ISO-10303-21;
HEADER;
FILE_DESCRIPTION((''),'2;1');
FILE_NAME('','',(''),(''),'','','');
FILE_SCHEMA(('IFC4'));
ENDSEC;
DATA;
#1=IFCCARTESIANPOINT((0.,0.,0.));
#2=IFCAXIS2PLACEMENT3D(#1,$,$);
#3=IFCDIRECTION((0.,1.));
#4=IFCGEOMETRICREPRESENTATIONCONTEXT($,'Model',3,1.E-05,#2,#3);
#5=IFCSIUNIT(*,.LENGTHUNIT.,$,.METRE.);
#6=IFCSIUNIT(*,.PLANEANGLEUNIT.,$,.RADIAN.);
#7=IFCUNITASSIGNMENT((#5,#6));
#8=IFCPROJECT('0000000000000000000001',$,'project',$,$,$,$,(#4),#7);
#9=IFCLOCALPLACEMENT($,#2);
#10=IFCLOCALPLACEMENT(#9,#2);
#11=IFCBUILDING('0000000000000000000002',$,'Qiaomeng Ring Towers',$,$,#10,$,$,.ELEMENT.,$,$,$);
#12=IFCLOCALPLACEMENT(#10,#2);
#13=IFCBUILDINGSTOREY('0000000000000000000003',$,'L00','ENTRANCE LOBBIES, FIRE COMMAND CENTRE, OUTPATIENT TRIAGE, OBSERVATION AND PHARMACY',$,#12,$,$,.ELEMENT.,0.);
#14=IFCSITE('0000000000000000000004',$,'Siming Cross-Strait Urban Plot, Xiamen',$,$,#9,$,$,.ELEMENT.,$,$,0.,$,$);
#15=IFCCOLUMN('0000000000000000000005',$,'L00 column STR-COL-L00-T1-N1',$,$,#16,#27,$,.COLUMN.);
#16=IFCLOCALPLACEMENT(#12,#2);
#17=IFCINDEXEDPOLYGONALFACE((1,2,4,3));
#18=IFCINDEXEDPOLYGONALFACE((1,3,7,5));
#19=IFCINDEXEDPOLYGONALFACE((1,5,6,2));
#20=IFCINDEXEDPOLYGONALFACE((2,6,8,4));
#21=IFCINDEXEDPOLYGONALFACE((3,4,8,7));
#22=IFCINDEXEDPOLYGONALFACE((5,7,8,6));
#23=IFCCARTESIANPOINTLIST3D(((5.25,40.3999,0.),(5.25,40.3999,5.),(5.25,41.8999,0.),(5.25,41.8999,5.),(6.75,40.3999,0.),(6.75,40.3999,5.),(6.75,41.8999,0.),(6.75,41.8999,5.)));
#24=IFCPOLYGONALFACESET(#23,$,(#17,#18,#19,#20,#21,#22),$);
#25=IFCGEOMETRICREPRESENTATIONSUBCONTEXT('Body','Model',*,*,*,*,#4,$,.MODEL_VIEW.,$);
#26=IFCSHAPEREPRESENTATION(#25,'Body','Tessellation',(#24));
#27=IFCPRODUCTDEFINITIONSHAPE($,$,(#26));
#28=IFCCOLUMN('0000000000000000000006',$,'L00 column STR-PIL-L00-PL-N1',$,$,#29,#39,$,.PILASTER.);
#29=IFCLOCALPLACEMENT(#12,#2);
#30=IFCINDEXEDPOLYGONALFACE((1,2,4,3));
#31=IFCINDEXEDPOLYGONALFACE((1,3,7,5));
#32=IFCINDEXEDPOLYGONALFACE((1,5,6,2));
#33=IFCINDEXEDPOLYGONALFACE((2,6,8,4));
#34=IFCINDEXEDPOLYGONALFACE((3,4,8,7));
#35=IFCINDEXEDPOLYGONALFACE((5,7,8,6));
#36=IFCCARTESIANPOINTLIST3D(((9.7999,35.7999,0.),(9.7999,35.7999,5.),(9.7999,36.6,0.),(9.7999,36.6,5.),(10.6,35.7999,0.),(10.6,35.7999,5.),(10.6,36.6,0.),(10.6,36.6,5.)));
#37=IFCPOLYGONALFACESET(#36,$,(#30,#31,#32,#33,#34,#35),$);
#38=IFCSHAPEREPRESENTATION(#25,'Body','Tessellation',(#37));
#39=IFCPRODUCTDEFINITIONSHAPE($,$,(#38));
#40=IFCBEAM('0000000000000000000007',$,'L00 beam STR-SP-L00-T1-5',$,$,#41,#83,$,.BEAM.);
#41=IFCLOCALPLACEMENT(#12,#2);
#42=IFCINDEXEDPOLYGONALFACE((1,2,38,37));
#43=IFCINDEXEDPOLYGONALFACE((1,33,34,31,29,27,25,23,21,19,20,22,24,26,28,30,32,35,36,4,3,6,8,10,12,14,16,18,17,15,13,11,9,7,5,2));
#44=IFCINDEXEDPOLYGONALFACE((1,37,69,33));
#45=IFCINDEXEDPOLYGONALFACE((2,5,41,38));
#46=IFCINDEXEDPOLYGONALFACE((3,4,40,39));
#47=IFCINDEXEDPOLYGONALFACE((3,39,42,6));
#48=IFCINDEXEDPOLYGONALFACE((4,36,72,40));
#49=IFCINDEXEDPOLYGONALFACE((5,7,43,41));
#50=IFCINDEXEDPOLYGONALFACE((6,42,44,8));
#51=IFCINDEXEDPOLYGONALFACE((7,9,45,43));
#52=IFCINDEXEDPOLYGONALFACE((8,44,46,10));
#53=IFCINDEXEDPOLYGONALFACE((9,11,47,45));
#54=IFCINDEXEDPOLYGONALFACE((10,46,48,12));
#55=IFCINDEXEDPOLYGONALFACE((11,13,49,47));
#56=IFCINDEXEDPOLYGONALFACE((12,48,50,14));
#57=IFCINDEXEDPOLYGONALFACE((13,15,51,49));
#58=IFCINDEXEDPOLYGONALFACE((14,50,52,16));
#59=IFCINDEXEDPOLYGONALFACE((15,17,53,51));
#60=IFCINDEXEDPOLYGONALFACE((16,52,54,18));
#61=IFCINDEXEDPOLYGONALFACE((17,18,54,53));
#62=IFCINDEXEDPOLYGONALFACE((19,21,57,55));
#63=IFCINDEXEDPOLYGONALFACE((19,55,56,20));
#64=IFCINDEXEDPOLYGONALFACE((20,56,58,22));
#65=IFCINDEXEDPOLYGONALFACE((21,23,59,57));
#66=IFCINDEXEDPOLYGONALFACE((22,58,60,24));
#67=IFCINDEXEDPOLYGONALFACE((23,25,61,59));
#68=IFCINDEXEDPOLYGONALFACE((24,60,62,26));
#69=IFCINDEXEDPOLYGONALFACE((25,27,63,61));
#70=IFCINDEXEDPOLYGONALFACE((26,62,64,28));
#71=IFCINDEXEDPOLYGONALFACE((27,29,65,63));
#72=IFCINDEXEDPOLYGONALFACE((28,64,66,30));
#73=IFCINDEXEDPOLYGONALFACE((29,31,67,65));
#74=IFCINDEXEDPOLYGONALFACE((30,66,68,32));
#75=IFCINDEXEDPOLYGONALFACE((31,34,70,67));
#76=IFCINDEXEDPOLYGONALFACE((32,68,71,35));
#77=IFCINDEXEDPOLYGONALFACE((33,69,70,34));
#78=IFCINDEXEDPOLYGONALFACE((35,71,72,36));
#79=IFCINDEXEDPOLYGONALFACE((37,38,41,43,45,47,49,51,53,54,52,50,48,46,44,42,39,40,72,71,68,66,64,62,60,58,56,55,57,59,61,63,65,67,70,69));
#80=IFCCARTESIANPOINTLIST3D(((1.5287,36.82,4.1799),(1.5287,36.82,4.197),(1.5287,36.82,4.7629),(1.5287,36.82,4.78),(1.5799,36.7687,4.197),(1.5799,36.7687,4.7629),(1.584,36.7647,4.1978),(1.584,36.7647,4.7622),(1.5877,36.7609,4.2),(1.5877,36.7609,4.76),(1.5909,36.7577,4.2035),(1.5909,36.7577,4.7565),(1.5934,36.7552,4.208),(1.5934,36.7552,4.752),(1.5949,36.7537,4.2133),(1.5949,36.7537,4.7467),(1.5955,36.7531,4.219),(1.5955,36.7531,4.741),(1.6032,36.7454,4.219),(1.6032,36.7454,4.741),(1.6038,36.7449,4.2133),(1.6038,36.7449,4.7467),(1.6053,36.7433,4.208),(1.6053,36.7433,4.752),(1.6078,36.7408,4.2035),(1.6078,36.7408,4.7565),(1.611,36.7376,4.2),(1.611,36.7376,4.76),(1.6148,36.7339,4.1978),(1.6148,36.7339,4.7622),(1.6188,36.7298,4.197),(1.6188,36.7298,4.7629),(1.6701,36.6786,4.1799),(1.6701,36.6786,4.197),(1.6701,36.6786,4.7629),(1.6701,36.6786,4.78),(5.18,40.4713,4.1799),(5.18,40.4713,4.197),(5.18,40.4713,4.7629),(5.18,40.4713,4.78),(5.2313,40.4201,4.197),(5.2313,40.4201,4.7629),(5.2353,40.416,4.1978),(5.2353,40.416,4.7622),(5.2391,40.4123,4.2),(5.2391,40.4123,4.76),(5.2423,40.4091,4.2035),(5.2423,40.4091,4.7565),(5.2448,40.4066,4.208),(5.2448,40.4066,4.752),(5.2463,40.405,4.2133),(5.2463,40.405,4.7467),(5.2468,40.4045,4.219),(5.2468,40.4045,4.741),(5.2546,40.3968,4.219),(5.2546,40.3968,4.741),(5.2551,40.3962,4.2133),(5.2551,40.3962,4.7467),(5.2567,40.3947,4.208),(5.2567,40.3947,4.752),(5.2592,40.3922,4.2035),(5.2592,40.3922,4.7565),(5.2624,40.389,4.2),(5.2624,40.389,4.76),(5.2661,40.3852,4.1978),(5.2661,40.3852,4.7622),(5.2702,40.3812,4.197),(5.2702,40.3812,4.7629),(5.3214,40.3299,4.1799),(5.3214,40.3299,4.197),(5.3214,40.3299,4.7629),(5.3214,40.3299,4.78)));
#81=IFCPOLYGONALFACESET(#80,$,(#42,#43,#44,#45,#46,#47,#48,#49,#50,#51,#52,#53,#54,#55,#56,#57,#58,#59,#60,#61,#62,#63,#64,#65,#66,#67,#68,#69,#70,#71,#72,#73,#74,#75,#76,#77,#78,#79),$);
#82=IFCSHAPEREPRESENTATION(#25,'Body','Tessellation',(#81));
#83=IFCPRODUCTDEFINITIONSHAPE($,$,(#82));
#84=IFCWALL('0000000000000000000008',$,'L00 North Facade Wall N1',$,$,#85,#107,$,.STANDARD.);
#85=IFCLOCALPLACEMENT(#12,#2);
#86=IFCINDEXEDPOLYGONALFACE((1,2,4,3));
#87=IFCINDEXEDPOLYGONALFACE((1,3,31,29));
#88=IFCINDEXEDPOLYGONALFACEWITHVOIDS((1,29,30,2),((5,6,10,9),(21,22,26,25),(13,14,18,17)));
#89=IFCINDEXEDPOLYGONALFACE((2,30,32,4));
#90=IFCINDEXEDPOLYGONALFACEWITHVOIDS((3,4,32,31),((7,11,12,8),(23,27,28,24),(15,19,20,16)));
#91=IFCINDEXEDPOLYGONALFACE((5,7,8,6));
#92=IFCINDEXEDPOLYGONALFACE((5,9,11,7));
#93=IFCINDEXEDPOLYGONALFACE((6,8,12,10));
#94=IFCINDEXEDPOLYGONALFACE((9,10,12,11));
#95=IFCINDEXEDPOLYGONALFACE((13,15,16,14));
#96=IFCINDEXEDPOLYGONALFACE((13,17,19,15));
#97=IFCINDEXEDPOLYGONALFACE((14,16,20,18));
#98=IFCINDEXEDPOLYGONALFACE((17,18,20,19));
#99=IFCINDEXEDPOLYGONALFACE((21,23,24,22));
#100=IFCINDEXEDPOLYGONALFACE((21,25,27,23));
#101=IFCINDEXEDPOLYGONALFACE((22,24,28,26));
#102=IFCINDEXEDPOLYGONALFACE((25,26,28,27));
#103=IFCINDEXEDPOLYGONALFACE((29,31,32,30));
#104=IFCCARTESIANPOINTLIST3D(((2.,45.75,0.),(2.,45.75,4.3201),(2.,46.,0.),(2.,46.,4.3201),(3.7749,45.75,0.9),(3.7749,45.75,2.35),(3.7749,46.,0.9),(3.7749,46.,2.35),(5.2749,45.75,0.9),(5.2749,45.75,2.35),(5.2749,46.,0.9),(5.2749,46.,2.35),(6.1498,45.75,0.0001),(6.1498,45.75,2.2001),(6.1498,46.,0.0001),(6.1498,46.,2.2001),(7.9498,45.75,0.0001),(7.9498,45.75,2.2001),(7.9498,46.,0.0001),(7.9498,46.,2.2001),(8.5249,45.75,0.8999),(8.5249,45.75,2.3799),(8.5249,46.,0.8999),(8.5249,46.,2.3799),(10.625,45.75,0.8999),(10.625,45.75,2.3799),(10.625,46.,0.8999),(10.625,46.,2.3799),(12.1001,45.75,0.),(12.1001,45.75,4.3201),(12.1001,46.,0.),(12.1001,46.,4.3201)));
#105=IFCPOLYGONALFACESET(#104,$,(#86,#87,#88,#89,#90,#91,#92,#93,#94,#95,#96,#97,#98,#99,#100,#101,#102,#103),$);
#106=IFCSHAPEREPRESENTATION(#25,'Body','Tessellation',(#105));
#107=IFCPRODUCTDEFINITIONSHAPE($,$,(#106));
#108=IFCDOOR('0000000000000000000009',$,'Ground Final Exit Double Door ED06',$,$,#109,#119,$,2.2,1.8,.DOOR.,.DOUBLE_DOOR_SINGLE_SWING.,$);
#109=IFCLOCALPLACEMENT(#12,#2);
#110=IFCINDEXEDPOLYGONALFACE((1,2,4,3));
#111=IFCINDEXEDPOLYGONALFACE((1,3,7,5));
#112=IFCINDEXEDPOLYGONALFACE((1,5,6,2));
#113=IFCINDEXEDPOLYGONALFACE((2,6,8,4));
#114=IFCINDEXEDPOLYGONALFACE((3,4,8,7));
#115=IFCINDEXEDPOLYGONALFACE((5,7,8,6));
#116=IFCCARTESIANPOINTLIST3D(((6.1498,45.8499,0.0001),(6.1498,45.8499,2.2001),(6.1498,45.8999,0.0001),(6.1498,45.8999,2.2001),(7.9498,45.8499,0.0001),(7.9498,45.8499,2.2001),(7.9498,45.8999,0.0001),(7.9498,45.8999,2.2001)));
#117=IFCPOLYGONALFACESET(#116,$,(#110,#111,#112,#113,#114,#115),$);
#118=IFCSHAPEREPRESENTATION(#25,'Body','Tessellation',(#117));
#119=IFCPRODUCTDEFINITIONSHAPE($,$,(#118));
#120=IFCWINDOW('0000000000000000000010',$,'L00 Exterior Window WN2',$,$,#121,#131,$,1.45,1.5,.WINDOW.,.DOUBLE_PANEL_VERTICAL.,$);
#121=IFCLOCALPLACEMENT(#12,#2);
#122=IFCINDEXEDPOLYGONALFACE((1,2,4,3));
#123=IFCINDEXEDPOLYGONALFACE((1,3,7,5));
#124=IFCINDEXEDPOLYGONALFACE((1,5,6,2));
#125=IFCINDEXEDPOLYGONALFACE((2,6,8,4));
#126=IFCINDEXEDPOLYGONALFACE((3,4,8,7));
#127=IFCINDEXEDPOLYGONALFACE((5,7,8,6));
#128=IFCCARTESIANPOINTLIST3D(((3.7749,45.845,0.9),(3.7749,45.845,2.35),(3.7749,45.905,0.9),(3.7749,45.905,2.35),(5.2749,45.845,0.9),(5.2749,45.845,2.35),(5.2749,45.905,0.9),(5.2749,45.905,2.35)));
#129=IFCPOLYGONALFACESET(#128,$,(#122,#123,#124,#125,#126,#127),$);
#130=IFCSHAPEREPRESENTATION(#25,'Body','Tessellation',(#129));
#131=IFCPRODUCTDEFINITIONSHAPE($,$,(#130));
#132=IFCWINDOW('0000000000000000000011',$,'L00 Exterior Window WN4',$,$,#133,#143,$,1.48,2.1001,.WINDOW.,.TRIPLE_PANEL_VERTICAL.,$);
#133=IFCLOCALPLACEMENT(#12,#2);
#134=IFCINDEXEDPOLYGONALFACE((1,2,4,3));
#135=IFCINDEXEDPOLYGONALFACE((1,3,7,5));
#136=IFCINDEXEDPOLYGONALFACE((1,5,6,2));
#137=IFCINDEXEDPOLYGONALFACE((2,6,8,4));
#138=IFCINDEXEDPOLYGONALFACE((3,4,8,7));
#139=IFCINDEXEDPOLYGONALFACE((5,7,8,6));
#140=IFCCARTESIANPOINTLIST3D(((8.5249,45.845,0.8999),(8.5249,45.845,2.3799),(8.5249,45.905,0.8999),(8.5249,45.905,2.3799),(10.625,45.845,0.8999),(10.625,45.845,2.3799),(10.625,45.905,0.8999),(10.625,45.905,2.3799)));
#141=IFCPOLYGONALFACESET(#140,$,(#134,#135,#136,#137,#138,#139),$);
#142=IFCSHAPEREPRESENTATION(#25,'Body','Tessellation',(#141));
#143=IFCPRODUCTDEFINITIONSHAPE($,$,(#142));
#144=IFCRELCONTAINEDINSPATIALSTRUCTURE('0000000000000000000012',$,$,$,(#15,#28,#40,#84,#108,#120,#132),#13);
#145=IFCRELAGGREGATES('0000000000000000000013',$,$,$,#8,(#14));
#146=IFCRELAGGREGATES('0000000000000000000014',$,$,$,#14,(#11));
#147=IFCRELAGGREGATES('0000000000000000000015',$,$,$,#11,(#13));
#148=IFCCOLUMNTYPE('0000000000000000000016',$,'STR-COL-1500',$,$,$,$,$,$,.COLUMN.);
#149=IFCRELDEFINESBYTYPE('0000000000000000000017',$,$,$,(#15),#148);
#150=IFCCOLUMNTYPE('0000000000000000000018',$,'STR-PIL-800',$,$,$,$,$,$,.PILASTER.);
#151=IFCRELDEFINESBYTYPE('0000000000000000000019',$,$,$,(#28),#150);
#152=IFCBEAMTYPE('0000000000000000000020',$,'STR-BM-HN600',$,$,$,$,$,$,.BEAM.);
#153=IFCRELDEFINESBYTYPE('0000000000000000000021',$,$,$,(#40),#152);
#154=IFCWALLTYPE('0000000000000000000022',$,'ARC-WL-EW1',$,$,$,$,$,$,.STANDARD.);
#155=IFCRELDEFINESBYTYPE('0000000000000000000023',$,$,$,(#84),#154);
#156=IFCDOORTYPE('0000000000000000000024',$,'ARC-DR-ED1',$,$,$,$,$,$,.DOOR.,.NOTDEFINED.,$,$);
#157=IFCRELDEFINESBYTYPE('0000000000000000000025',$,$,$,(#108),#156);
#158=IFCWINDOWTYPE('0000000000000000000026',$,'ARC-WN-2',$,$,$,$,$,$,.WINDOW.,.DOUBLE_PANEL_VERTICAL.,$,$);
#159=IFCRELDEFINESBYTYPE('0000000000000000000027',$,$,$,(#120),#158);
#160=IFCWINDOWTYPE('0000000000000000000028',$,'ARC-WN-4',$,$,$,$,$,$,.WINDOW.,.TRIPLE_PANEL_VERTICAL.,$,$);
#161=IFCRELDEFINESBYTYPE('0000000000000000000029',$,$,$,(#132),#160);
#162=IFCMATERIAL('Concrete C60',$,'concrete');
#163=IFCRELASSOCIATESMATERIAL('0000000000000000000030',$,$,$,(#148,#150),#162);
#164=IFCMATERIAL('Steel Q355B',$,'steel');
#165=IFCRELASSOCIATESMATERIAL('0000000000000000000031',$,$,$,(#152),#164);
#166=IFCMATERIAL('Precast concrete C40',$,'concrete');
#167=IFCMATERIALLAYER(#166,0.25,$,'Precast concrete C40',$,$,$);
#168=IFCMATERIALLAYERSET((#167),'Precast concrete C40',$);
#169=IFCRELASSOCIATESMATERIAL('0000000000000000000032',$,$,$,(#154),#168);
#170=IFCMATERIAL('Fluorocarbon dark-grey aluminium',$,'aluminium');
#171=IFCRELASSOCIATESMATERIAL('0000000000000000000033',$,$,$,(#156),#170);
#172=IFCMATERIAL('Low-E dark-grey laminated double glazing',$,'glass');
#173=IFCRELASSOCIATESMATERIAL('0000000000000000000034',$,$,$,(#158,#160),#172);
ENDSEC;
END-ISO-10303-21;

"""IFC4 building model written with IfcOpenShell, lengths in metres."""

from ifc_helpers import new_model, si_unit, direction, frame, frame_2d, origin, origin_2d, place, context, subcontext, project, spatial, rectangle, i_section, extrude, source, transform, mapped, material, layer, layer_set, material_profile, profile_set, type_object, element, fill, save


model = new_model("IFC4")

# Units and contexts
model_context = context("Model", 3, precision=1e-05, world=origin(), true_north=direction((0.0, 1.0)))
body_context = subcontext(model_context, "Body", "Model", "MODEL_VIEW")
ifc_project = project(units=[si_unit("LENGTHUNIT", "METRE"), si_unit("PLANEANGLEUNIT", "RADIAN")], contexts=[model_context])

# Site, building, storey
site_placement = place(None, origin())
site = spatial("IfcSite", under=ifc_project, at=site_placement, Name="Siming Cross-Strait Urban Plot, Xiamen", CompositionType="ELEMENT", RefElevation=0.0)
building_placement = place(site_placement, origin())
building = spatial("IfcBuilding", under=site, at=building_placement, Name="Qiaomeng Ring Towers", CompositionType="ELEMENT")
storey_placement = place(building_placement, origin())
storey = spatial("IfcBuildingStorey", under=building, at=storey_placement, Name="L00", Description="ENTRANCE LOBBIES, FIRE COMMAND CENTRE, OUTPATIENT TRIAGE, OBSERVATION AND PHARMACY", CompositionType="ELEMENT", Elevation=0.0)

# Columns
ifc_material_1 = material(Name="Concrete C60", Category="concrete")
ifc_material_profile_1 = material_profile(ifc_material_1, rectangle(XDim=1.5, YDim=1.5, at=origin_2d()), Name="RC COL 1500x1500")
ifc_profile_set_1 = profile_set([ifc_material_profile_1], Name="Concrete C60")
column_type_1 = type_object("IfcColumnType", Name="STR-COL-1500", PredefinedType="COLUMN", material=ifc_profile_set_1)
shared_shape_1 = source(origin(), body_context, "Body", "SweptSolid", [
    extrude(rectangle(XDim=1.5, YDim=1.5, at=origin_2d()), origin(), (0.0, 0.0, 1.0), 5.0),
])
column_1_placement = place(storey_placement, frame((6.0, 41.1499, 0.0), z_axis=(0.0, 0.0, 1.0), x_axis=(1.0, 0.0, 0.0)))
element("IfcColumn", 1, at=column_1_placement, inside=storey, type_object=column_type_1, Name="L00 column STR-COL-L00-T1-N1", PredefinedType="COLUMN", context=body_context, shape_type="MappedRepresentation", body=[
    mapped(shared_shape_1, transform((0.0, 0.0, 0.0), x_axis=(1.0, 0.0, 0.0), y_axis=(0.0, 1.0, 0.0), z_axis=(0.0, 0.0, 1.0), scale=1.0)),
])
ifc_material_profile_2 = material_profile(ifc_material_1, rectangle(XDim=0.8, YDim=0.8, at=origin_2d()), Name="RC COL 800x800")
ifc_profile_set_2 = profile_set([ifc_material_profile_2], Name="Concrete C60")
column_type_2 = type_object("IfcColumnType", Name="STR-PIL-800", PredefinedType="PILASTER", material=ifc_profile_set_2)
shared_shape_2 = source(origin(), body_context, "Body", "SweptSolid", [
    extrude(rectangle(XDim=0.8, YDim=0.8, at=origin_2d()), origin(), (0.0, 0.0, 1.0), 5.0),
])
column_2_placement = place(storey_placement, frame((10.2, 36.2, 0.0), z_axis=(0.0, 0.0, 1.0), x_axis=(1.0, 0.0, 0.0)))
element("IfcColumn", 2, at=column_2_placement, inside=storey, type_object=column_type_2, Name="L00 column STR-PIL-L00-PL-N1", PredefinedType="PILASTER", context=body_context, shape_type="MappedRepresentation", body=[
    mapped(shared_shape_2, transform((0.0, 0.0, 0.0), x_axis=(1.0, 0.0, 0.0), y_axis=(0.0, 1.0, 0.0), z_axis=(0.0, 0.0, 1.0), scale=1.0)),
])

# Beam
ifc_material_2 = material(Name="Steel Q355B", Category="steel")
ifc_material_profile_3 = material_profile(ifc_material_2, i_section(OverallWidth=0.2, OverallDepth=0.6001, WebThickness=0.011, FlangeThickness=0.0171, FilletRadius=0.022, at=origin_2d()), Name="HN 600x200x11x17")
ifc_profile_set_3 = profile_set([ifc_material_profile_3], Name="Steel Q355B")
beam_type = type_object("IfcBeamType", Name="STR-BM-HN600", PredefinedType="BEAM", material=ifc_profile_set_3)
shared_shape_3 = source(origin(), body_context, "Body", "SweptSolid", [
    extrude(i_section(OverallWidth=0.2, OverallDepth=0.6001, WebThickness=0.011, FlangeThickness=0.0171, FilletRadius=0.022, at=origin_2d()), origin(), (0.0, 0.0, 1.0), 5.1638),
])
beam_placement = place(storey_placement, frame((5.2507, 40.4006, 4.48), z_axis=(-0.707107, -0.707107, 0.0), x_axis=(0.707107, -0.707107, 0.0)))
element("IfcBeam", 3, at=beam_placement, inside=storey, type_object=beam_type, Name="L00 beam STR-SP-L00-T1-5", PredefinedType="BEAM", context=body_context, shape_type="MappedRepresentation", body=[
    mapped(shared_shape_3, transform((0.0, 0.0, 0.0), x_axis=(1.0, 0.0, 0.0), y_axis=(0.0, 1.0, 0.0), z_axis=(0.0, 0.0, 1.0), scale=1.0)),
])

# Wall, openings, door, windows
ifc_material_3 = material(Name="Precast concrete C40", Category="concrete")
ifc_layer_1 = layer(ifc_material_3, 0.25, Name="Precast concrete C40")
ifc_layer_set_1 = layer_set([ifc_layer_1], Name="Precast concrete C40")
wall_type_1 = type_object("IfcWallType", Name="ARC-WL-EW1", PredefinedType="STANDARD", material=ifc_layer_set_1)
wall_1_placement = place(storey_placement, frame((2.0, 45.875, 0.0), z_axis=(0.0, 0.0, 1.0), x_axis=(1.0, 0.0, 0.0)))
wall_1 = element("IfcWall", 4, at=wall_1_placement, inside=storey, type_object=wall_type_1, Name="L00 North Facade Wall N1", PredefinedType="STANDARD", context=body_context, shape_type="SweptSolid", body=[
    extrude(rectangle(XDim=10.1001, YDim=0.25, at=frame_2d((5.05, 0.0))), origin(), (0.0, 0.0, 1.0), 4.3201),
])
opening_1_placement = place(wall_1_placement, frame((4.1499, 0.0, 0.0)))
opening_1 = element("IfcOpeningElement", 5, at=opening_1_placement, cuts=wall_1, PredefinedType="OPENING", context=body_context, shape_type="SweptSolid", body=[
    extrude(rectangle(XDim=1.8, YDim=2.2, at=frame_2d((0.8999, 1.1001))), frame((0.0, 0.135, 0.0), z_axis=(0.0, -1.0, 0.0), x_axis=(1.0, 0.0, 0.0)), (0.0, 0.0, 1.0), 0.27),
])
opening_2_placement = place(wall_1_placement, frame((1.7749, 0.0, 0.8999)))
opening_2 = element("IfcOpeningElement", 6, at=opening_2_placement, cuts=wall_1, PredefinedType="OPENING", context=body_context, shape_type="SweptSolid", body=[
    extrude(rectangle(XDim=1.5, YDim=1.45, at=frame_2d((0.75, 0.7251))), frame((0.0, 0.135, 0.0), z_axis=(0.0, -1.0, 0.0), x_axis=(1.0, 0.0, 0.0)), (0.0, 0.0, 1.0), 0.27),
])
opening_3_placement = place(wall_1_placement, frame((6.5249, 0.0, 0.8999)))
opening_3 = element("IfcOpeningElement", 7, at=opening_3_placement, cuts=wall_1, PredefinedType="OPENING", context=body_context, shape_type="SweptSolid", body=[
    extrude(rectangle(XDim=2.1001, YDim=1.48, at=frame_2d((1.05, 0.74))), frame((0.0, 0.135, 0.0), z_axis=(0.0, -1.0, 0.0), x_axis=(1.0, 0.0, 0.0)), (0.0, 0.0, 1.0), 0.27),
])
ifc_material_4 = material(Name="Fluorocarbon dark-grey aluminium", Category="aluminium")
door_type_1 = type_object("IfcDoorType", Name="ARC-DR-ED1", OperationType="NOTDEFINED", PredefinedType="DOOR", material=ifc_material_4)
shared_shape_4 = source(origin(), body_context, "Body", "SweptSolid", [
    extrude(rectangle(XDim=1.8, YDim=2.2, at=frame_2d((0.8999, 1.1001))), frame((0.0, 0.0249, 0.0), z_axis=(0.0, -1.0, 0.0), x_axis=(1.0, 0.0, 0.0)), (0.0, 0.0, 1.0), 0.05),
])
door_1_placement = place(opening_1_placement, origin())
door_1 = element("IfcDoor", 8, at=door_1_placement, inside=storey, type_object=door_type_1, Name="Ground Final Exit Double Door ED06", OperationType="DOUBLE_DOOR_SINGLE_SWING", OverallHeight=2.2, OverallWidth=1.8, PredefinedType="DOOR", context=body_context, shape_type="MappedRepresentation", body=[
    mapped(shared_shape_4, transform((0.0, 0.0, 0.0), x_axis=(1.0, 0.0, 0.0), y_axis=(0.0, 1.0, 0.0), z_axis=(0.0, 0.0, 1.0), scale=1.0)),
])
fill(opening_1, door_1)
ifc_material_5 = material(Name="Low-E dark-grey laminated double glazing", Category="glass")
window_type_1 = type_object("IfcWindowType", Name="ARC-WN-2", PartitioningType="DOUBLE_PANEL_VERTICAL", PredefinedType="WINDOW", material=ifc_material_5)
shared_shape_5 = source(origin(), body_context, "Body", "SweptSolid", [
    extrude(rectangle(XDim=1.5, YDim=1.45, at=frame_2d((0.75, 0.7251))), frame((0.0, 0.03, 0.0), z_axis=(0.0, -1.0, 0.0), x_axis=(1.0, 0.0, 0.0)), (0.0, 0.0, 1.0), 0.0601),
])
window_1_placement = place(opening_2_placement, origin())
window_1 = element("IfcWindow", 9, at=window_1_placement, inside=storey, type_object=window_type_1, Name="L00 Exterior Window WN2", OverallHeight=1.45, OverallWidth=1.5, PartitioningType="DOUBLE_PANEL_VERTICAL", PredefinedType="WINDOW", context=body_context, shape_type="MappedRepresentation", body=[
    mapped(shared_shape_5, transform((0.0, 0.0, 0.0), x_axis=(1.0, 0.0, 0.0), y_axis=(0.0, 1.0, 0.0), z_axis=(0.0, 0.0, 1.0), scale=1.0)),
])
fill(opening_2, window_1)
window_type_2 = type_object("IfcWindowType", Name="ARC-WN-4", PartitioningType="TRIPLE_PANEL_VERTICAL", PredefinedType="WINDOW", material=ifc_material_5)
shared_shape_6 = source(origin(), body_context, "Body", "SweptSolid", [
    extrude(rectangle(XDim=2.1001, YDim=1.48, at=frame_2d((1.05, 0.74))), frame((0.0, 0.03, 0.0), z_axis=(0.0, -1.0, 0.0), x_axis=(1.0, 0.0, 0.0)), (0.0, 0.0, 1.0), 0.0601),
])
window_2_placement = place(opening_3_placement, origin())
window_2 = element("IfcWindow", 10, at=window_2_placement, inside=storey, type_object=window_type_2, Name="L00 Exterior Window WN4", OverallHeight=1.48, OverallWidth=2.1001, PartitioningType="TRIPLE_PANEL_VERTICAL", PredefinedType="WINDOW", context=body_context, shape_type="MappedRepresentation", body=[
    mapped(shared_shape_6, transform((0.0, 0.0, 0.0), x_axis=(1.0, 0.0, 0.0), y_axis=(0.0, 1.0, 0.0), z_axis=(0.0, 0.0, 1.0), scale=1.0)),
])
fill(opening_3, window_2)

save(model, "model.ifc")
